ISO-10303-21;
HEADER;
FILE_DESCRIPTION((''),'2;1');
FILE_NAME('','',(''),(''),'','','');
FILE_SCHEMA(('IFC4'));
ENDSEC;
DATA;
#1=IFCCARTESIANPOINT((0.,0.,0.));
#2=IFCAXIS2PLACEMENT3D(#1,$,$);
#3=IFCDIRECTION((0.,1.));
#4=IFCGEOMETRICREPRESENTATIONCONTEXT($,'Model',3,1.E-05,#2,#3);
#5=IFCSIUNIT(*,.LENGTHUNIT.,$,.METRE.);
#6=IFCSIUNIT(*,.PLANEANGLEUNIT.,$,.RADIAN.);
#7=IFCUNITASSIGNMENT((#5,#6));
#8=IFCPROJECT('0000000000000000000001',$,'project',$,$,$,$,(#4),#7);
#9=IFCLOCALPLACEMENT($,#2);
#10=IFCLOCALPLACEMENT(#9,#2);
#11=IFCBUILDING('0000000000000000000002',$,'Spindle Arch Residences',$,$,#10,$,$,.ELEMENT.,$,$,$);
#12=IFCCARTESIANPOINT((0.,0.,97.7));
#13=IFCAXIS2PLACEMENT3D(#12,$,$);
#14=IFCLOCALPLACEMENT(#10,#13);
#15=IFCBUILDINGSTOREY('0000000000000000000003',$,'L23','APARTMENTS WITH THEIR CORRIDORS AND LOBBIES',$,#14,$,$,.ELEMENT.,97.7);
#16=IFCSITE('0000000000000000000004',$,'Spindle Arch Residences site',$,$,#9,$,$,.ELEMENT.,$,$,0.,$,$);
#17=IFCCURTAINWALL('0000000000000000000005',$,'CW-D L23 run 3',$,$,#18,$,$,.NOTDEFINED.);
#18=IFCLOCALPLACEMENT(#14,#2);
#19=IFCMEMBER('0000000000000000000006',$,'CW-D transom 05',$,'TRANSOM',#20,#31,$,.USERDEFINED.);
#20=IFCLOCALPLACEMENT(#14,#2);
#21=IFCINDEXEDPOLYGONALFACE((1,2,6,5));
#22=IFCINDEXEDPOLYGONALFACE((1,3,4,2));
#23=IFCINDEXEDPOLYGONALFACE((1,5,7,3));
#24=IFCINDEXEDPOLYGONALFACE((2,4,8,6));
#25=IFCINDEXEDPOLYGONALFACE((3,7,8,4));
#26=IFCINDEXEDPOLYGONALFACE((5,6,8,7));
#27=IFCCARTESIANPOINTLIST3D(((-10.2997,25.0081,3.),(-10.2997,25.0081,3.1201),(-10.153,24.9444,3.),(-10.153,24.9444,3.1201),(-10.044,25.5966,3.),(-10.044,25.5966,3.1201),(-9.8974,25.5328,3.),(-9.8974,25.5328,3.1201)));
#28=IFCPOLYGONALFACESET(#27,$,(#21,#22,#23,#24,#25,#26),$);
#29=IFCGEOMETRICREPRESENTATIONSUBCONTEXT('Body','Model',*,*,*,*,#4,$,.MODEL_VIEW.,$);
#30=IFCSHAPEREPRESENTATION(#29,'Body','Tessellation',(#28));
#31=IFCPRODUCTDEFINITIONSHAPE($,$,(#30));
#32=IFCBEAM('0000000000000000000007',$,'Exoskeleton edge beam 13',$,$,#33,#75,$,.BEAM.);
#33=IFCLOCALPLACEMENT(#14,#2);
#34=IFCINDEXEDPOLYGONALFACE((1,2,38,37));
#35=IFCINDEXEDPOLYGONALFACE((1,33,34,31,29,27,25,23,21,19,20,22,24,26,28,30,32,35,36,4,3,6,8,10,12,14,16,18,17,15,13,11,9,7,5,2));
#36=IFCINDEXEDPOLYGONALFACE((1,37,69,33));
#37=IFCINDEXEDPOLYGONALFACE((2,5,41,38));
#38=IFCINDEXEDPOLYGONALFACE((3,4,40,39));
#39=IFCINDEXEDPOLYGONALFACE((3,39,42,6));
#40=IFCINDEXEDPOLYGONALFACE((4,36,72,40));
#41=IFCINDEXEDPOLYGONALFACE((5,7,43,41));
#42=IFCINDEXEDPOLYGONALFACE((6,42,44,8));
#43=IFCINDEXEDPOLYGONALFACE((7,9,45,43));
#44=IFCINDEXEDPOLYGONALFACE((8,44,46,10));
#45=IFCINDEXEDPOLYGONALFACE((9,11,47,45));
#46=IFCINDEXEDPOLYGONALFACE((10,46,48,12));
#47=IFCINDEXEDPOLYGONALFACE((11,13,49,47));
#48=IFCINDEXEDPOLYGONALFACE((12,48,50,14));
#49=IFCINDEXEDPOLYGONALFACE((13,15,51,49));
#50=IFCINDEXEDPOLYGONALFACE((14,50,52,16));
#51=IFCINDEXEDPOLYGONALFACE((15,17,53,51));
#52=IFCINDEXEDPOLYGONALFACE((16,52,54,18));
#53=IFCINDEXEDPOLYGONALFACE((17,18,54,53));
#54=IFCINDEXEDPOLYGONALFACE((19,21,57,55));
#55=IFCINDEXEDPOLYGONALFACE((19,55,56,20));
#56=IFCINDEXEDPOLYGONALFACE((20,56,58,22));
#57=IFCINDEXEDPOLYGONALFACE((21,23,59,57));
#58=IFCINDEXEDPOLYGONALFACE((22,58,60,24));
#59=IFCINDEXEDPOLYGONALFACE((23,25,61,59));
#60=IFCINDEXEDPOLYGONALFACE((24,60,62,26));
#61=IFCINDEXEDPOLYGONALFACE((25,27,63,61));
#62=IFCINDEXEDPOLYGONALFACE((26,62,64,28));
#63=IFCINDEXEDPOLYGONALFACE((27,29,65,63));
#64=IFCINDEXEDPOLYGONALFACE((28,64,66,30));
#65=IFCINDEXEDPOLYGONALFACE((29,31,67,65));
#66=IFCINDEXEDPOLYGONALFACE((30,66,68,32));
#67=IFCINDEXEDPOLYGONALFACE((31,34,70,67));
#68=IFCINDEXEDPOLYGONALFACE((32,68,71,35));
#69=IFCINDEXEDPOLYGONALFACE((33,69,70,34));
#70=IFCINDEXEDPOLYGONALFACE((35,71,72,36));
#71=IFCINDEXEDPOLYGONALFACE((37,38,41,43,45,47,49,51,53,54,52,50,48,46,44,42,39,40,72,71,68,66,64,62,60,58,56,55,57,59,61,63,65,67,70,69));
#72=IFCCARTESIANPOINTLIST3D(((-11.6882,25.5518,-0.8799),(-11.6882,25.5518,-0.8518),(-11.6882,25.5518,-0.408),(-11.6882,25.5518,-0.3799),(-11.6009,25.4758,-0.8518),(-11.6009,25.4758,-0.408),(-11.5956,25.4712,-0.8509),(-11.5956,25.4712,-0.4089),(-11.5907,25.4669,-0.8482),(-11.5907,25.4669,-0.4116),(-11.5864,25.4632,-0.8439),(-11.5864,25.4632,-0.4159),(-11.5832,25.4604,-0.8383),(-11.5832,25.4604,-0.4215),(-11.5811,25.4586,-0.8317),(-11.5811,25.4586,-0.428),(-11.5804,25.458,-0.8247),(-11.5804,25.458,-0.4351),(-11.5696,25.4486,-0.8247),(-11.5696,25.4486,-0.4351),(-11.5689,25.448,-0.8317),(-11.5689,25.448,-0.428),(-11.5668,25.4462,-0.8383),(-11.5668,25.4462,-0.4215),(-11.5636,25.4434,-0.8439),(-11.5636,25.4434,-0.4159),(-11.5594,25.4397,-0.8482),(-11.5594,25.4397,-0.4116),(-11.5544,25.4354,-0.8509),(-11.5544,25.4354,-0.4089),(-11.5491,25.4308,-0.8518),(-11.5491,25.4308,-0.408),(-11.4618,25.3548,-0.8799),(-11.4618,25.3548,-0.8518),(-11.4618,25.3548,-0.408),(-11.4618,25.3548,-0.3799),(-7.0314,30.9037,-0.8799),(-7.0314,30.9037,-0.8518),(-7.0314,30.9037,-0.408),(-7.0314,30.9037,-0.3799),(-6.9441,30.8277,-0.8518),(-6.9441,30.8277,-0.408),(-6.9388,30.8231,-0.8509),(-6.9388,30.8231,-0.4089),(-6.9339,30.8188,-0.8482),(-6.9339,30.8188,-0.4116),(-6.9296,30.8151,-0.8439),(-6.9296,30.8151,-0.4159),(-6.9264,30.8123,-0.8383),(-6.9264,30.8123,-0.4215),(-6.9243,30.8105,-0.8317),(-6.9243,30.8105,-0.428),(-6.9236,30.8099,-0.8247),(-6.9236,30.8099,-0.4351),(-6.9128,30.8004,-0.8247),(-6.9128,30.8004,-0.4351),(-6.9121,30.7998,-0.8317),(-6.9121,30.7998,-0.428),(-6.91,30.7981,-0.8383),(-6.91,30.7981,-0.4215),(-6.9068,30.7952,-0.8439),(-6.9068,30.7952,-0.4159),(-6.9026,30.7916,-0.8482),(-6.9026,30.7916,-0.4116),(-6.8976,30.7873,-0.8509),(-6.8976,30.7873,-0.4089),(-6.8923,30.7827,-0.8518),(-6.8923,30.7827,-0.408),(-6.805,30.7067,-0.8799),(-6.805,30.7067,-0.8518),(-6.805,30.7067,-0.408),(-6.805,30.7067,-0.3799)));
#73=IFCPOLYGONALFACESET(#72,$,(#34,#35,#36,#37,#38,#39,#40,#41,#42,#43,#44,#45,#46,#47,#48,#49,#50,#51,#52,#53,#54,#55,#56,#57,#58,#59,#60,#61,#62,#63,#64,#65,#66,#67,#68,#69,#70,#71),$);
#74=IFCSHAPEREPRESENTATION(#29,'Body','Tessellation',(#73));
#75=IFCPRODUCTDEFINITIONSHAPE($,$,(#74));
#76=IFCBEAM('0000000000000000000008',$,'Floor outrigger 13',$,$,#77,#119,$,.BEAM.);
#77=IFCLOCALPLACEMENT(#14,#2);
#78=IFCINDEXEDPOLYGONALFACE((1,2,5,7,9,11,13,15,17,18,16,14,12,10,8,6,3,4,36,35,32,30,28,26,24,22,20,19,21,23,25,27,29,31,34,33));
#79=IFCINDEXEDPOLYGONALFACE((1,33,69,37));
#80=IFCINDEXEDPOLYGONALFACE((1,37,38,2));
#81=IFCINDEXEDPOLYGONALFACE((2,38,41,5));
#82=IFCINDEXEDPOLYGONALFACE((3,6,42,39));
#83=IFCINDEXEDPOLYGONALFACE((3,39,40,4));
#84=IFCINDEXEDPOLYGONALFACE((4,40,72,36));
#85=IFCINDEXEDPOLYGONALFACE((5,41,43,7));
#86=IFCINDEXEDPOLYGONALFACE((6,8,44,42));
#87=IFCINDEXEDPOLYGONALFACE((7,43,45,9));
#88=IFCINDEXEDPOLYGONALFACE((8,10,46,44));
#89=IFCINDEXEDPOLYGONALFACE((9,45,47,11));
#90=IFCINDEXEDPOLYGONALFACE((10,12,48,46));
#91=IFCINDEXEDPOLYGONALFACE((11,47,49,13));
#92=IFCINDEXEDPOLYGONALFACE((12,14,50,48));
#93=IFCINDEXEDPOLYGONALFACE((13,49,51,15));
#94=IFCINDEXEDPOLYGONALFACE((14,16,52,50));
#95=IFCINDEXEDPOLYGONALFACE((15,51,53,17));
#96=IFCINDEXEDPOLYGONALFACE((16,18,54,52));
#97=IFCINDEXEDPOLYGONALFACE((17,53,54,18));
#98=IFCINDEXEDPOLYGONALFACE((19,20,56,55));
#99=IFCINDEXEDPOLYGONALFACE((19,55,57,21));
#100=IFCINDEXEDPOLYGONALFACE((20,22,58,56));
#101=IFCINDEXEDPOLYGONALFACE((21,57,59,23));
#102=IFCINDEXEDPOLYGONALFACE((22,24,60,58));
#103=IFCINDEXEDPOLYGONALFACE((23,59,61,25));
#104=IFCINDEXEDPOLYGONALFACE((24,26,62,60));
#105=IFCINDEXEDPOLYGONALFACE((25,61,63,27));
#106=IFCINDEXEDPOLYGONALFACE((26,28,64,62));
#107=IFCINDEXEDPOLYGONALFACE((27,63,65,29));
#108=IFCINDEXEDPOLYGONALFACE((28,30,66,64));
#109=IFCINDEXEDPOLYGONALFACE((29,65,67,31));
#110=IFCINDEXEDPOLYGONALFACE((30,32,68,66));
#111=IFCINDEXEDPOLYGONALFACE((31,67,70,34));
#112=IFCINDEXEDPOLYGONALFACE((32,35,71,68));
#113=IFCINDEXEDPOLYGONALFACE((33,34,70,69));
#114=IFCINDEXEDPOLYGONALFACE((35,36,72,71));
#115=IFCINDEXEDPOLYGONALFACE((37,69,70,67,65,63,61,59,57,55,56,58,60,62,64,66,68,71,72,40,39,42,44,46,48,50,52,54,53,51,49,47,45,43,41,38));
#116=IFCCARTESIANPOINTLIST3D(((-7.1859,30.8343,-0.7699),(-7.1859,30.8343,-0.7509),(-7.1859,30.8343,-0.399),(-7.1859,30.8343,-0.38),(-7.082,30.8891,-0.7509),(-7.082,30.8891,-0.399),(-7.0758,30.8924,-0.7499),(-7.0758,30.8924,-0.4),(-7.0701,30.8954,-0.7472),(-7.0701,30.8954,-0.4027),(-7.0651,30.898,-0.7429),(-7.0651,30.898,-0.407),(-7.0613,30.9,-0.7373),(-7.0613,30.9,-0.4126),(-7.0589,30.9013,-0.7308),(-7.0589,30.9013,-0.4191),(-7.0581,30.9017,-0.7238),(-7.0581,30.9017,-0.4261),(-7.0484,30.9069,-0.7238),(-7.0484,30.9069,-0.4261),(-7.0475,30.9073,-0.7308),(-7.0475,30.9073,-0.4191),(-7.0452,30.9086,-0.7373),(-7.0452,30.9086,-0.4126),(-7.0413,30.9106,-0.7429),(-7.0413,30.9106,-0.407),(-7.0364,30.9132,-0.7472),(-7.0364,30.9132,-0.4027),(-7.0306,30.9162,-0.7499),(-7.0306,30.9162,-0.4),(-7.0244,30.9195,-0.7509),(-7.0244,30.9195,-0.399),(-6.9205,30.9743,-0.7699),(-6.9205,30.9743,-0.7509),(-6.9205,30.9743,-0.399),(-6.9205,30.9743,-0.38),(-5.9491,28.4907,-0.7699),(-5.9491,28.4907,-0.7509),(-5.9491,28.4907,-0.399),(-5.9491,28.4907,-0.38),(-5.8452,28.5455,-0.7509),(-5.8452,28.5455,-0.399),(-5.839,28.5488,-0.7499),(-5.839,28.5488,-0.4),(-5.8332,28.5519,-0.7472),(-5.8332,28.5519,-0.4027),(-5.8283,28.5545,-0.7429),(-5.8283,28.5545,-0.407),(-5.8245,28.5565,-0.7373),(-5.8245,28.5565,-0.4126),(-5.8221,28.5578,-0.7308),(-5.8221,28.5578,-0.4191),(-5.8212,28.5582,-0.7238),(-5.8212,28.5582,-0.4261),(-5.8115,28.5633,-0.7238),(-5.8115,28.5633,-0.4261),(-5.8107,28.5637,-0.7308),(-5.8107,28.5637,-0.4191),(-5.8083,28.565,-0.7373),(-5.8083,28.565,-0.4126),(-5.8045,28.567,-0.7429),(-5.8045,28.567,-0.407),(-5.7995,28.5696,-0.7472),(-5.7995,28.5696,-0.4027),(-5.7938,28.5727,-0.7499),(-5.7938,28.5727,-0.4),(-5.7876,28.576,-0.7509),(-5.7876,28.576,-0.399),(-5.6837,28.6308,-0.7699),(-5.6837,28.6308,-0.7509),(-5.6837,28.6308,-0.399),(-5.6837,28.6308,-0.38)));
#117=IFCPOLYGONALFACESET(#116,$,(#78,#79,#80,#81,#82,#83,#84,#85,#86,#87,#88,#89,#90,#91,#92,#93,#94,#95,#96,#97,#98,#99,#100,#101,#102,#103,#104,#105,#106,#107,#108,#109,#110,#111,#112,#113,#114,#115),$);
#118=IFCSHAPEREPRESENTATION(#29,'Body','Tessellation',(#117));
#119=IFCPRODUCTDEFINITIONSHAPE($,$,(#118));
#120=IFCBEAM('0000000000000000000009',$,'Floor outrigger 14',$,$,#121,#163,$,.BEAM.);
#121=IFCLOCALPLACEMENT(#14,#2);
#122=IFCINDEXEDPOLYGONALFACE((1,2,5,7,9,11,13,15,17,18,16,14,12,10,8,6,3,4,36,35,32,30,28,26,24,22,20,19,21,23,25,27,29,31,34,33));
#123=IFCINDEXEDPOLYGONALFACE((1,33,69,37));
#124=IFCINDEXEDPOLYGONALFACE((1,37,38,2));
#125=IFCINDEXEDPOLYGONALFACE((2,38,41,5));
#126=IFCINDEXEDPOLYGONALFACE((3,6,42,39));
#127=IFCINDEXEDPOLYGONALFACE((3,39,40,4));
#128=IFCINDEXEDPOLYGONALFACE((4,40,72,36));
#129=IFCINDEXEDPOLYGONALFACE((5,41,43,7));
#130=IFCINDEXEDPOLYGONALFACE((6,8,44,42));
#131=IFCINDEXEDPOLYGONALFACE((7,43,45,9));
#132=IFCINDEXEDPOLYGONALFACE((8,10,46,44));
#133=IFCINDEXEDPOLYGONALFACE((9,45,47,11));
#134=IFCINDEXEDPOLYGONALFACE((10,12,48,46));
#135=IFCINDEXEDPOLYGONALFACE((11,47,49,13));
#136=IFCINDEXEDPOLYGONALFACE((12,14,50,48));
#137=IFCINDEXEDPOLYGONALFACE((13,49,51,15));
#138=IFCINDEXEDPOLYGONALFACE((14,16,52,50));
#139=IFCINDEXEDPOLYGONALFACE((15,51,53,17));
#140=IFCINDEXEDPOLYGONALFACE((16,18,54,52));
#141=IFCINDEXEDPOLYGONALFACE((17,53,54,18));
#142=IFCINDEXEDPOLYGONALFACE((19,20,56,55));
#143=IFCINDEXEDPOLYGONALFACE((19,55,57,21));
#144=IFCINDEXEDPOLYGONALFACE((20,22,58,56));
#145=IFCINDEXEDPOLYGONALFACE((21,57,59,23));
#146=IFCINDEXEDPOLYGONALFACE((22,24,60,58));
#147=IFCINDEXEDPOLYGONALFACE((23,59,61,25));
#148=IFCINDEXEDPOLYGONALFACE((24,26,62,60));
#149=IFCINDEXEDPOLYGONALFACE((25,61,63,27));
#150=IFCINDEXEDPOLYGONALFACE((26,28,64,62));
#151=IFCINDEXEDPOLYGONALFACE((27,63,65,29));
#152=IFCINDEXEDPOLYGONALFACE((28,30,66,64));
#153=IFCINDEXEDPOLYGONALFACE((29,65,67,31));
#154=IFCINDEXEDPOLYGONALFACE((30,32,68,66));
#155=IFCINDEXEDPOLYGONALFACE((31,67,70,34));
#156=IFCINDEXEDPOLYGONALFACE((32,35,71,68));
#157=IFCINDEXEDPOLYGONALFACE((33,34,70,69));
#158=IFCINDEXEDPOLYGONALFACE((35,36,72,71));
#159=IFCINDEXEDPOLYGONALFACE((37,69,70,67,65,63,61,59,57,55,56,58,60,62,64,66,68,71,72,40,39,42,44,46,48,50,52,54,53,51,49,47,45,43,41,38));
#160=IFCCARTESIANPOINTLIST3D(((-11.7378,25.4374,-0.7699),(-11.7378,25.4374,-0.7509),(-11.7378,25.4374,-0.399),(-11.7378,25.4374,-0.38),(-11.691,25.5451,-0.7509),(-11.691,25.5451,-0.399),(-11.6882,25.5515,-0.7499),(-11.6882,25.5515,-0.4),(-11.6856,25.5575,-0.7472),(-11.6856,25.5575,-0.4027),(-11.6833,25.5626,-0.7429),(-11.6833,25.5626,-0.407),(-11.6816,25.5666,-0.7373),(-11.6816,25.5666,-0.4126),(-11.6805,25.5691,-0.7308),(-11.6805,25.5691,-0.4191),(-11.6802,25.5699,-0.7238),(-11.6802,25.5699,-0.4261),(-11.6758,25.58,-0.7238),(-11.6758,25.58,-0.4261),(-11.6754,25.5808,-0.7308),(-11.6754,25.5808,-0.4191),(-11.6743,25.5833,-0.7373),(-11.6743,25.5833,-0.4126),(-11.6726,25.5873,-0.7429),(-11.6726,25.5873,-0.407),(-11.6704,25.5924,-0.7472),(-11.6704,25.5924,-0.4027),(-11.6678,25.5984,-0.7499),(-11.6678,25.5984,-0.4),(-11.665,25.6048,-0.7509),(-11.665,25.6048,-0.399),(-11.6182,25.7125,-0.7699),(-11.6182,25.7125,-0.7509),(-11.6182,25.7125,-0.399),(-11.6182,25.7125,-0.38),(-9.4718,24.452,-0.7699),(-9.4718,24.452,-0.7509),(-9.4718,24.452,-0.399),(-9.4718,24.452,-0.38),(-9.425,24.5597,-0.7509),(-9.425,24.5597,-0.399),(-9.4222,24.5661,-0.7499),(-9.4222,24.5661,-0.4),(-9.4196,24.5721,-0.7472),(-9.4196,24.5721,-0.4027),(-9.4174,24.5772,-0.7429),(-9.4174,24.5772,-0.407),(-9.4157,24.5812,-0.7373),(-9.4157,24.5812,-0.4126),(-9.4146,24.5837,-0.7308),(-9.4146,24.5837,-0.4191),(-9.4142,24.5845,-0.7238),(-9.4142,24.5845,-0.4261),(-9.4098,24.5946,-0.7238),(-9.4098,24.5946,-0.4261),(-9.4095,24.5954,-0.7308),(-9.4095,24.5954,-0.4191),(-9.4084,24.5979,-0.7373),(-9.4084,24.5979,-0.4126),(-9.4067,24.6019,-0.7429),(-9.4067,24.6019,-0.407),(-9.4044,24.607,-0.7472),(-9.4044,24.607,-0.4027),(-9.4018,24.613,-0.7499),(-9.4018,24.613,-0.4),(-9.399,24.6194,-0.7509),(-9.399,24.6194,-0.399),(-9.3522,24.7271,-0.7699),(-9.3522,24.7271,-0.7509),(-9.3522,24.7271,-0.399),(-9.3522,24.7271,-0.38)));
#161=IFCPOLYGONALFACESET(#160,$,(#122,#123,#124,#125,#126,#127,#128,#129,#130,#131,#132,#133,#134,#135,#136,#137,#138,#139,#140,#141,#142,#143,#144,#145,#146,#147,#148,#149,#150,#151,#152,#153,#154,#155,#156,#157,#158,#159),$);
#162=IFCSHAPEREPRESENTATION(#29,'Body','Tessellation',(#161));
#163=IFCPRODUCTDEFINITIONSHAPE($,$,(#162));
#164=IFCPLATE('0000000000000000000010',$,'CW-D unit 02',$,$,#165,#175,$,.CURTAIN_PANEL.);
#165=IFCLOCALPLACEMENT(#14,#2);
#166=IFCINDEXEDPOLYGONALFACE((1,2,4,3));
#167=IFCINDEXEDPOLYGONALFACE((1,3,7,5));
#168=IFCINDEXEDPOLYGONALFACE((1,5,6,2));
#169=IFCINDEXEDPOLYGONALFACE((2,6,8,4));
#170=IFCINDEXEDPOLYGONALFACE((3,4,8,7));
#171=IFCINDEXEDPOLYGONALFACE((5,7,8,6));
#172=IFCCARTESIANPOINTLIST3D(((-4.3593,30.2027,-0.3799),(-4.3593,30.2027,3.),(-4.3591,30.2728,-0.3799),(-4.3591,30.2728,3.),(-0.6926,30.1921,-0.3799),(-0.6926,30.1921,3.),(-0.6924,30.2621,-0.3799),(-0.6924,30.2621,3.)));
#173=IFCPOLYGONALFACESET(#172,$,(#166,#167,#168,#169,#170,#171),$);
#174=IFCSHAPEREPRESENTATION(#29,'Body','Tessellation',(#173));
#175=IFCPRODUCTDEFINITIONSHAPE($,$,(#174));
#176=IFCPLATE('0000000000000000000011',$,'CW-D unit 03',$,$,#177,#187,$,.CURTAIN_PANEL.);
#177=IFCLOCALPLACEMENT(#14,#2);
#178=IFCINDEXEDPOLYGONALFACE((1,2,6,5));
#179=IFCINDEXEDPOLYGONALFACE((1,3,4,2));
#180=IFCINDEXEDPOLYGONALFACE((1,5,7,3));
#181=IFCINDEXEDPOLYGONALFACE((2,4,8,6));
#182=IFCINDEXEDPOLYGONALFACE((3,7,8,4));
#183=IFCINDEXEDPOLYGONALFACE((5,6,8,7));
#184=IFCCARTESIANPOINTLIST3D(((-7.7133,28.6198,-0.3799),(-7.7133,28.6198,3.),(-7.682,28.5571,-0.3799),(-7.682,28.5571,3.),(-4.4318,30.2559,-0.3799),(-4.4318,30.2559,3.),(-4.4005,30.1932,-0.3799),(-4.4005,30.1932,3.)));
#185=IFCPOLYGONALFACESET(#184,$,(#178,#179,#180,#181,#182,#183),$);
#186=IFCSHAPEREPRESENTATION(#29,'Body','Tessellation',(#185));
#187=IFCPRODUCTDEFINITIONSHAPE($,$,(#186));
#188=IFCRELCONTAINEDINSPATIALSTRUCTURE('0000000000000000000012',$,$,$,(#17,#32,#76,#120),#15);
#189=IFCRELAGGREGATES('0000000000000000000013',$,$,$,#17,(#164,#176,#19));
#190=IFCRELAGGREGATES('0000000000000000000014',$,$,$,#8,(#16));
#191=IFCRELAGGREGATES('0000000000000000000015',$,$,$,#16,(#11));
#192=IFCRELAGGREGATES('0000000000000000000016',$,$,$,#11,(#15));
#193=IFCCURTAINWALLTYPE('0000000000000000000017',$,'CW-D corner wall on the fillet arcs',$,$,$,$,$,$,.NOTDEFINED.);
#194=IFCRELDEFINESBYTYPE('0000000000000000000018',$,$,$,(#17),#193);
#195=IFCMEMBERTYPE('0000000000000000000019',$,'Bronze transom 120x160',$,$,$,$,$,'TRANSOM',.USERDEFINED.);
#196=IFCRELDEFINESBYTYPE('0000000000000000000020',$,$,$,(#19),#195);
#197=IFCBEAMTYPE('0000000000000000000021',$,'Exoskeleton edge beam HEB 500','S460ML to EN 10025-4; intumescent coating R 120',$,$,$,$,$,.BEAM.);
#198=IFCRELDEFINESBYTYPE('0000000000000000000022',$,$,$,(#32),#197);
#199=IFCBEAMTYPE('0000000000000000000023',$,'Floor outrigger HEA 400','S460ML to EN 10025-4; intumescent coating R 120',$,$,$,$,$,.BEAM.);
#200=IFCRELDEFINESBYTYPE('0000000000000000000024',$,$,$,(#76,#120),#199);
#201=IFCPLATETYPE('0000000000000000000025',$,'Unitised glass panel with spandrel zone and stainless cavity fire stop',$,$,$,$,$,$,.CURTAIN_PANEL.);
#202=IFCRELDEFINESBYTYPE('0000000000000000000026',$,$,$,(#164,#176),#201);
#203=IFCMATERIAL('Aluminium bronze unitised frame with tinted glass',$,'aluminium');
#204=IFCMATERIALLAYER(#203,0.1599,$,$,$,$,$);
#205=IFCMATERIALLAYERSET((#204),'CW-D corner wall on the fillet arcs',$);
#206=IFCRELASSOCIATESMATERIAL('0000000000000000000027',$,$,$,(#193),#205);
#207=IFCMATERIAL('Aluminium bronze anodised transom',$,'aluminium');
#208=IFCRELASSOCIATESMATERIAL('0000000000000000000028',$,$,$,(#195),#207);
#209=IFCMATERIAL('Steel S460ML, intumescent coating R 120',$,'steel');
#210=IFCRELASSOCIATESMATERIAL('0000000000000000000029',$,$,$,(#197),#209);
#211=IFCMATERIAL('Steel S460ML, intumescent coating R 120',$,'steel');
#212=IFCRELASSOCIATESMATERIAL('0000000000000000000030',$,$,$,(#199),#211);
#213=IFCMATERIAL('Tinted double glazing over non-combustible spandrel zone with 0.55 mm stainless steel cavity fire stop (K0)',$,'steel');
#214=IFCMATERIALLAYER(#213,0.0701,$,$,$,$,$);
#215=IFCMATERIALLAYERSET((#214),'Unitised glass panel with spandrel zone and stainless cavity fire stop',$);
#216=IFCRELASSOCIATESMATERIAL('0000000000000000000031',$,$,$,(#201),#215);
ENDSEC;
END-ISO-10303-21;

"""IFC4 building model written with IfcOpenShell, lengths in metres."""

from ifc_helpers import new_model, si_unit, direction, frame, origin, origin_2d, place, context, subcontext, project, spatial, rectangle, i_section, extrude, material, layer, layer_set, material_profile, profile_set, type_object, element, aggregate, save


model = new_model("IFC4")

# Units and contexts
model_context = context("Model", 3, precision=1e-05, world=origin(), true_north=direction((0.0, 1.0)))
body_context = subcontext(model_context, "Body", "Model", "MODEL_VIEW")
ifc_project = project(units=[si_unit("LENGTHUNIT", "METRE"), si_unit("PLANEANGLEUNIT", "RADIAN")], contexts=[model_context])

# Site, building, storey
site_placement = place(None, origin())
site = spatial("IfcSite", under=ifc_project, at=site_placement, Name="Spindle Arch Residences site", CompositionType="ELEMENT", RefElevation=0.0)
building_placement = place(site_placement, origin())
building = spatial("IfcBuilding", under=site, at=building_placement, Name="Spindle Arch Residences", CompositionType="ELEMENT")
storey_placement = place(building_placement, frame((0.0, 0.0, 97.7)))
storey = spatial("IfcBuildingStorey", under=building, at=storey_placement, Name="L23", Description="APARTMENTS WITH THEIR CORRIDORS AND LOBBIES", CompositionType="ELEMENT", Elevation=97.7)

# Curtain wall, member
ifc_material_1 = material(Name="Aluminium bronze unitised frame with tinted glass", Category="aluminium")
ifc_layer_1 = layer(ifc_material_1, 0.1599)
ifc_layer_set_1 = layer_set([ifc_layer_1], Name="CW-D corner wall on the fillet arcs")
curtain_wall_type = type_object("IfcCurtainWallType", Name="CW-D corner wall on the fillet arcs", PredefinedType="NOTDEFINED", material=ifc_layer_set_1)
curtain_wall_placement = place(storey_placement, origin())
curtain_wall = element("IfcCurtainWall", 1, at=curtain_wall_placement, inside=storey, type_object=curtain_wall_type, Name="CW-D L23 run 3", PredefinedType="NOTDEFINED")
ifc_material_2 = material(Name="Aluminium bronze anodised transom", Category="aluminium")
ifc_material_profile_1 = material_profile(ifc_material_2, rectangle(XDim=0.1599, YDim=0.1201, at=origin_2d()), Name="TR 120x160")
ifc_profile_set_1 = profile_set([ifc_material_profile_1], Name="Aluminium bronze anodised transom")
member_type_1 = type_object("IfcMemberType", Name="Bronze transom 120x160", ElementType="TRANSOM", PredefinedType="USERDEFINED", material=ifc_profile_set_1)
member_1_placement = place(storey_placement, frame((-9.9707, 25.5647, 3.0601), z_axis=(-0.398462, -0.917185, 0.0), x_axis=(0.917185, -0.398462, 0.0)))
member_1 = element("IfcMember", 2, at=member_1_placement, type_object=member_type_1, Name="CW-D transom 05", ObjectType="TRANSOM", PredefinedType="USERDEFINED", context=body_context, shape_type="SweptSolid", body=[
    extrude(rectangle(XDim=0.1599, YDim=0.1201, at=origin_2d()), origin(), (0.0, 0.0, 1.0), 0.6416),
])

# Beams
ifc_material_3 = material(Name="Steel S460ML, intumescent coating R 120", Category="steel")
ifc_material_profile_2 = material_profile(ifc_material_3, i_section(OverallWidth=0.3, OverallDepth=0.5, WebThickness=0.0144, FlangeThickness=0.0281, FilletRadius=0.0271, at=origin_2d()), Name="HEB 500")
ifc_profile_set_2 = profile_set([ifc_material_profile_2], Name="Steel S460ML, intumescent coating R 120")
beam_type_1 = type_object("IfcBeamType", Name="Exoskeleton edge beam HEB 500", Description="S460ML to EN 10025-4; intumescent coating R 120", PredefinedType="BEAM", material=ifc_profile_set_2)
beam_1_placement = place(storey_placement, frame((-6.9182, 30.8052, -0.6299), z_axis=(-0.656419, -0.754397, 0.0), x_axis=(0.754397, -0.656419, 0.0)))
element("IfcBeam", 3, at=beam_1_placement, inside=storey, type_object=beam_type_1, Name="Exoskeleton edge beam 13", PredefinedType="BEAM", context=body_context, shape_type="SweptSolid", body=[
    extrude(i_section(OverallWidth=0.3, OverallDepth=0.5, WebThickness=0.0144, FlangeThickness=0.0281, FilletRadius=0.0271, at=origin_2d()), origin(), (0.0, 0.0, 1.0), 7.0942),
])
ifc_material_4 = material(Name="Steel S460ML, intumescent coating R 120", Category="steel")
ifc_material_profile_3 = material_profile(ifc_material_4, i_section(OverallWidth=0.3, OverallDepth=0.3899, WebThickness=0.011, FlangeThickness=0.019, FilletRadius=0.0271, at=origin_2d()), Name="HEA 400")
ifc_profile_set_3 = profile_set([ifc_material_profile_3], Name="Steel S460ML, intumescent coating R 120")
beam_type_2 = type_object("IfcBeamType", Name="Floor outrigger HEA 400", Description="S460ML to EN 10025-4; intumescent coating R 120", PredefinedType="BEAM", material=ifc_profile_set_3)
beam_2_placement = place(storey_placement, frame((-7.0532, 30.9043, -0.575), z_axis=(0.466749, -0.88439, 0.0), x_axis=(0.88439, 0.466749, 0.0)))
element("IfcBeam", 4, at=beam_2_placement, inside=storey, type_object=beam_type_2, Name="Floor outrigger 13", PredefinedType="BEAM", context=body_context, shape_type="SweptSolid", body=[
    extrude(i_section(OverallWidth=0.3, OverallDepth=0.3899, WebThickness=0.011, FlangeThickness=0.019, FilletRadius=0.0271, at=origin_2d()), origin(), (0.0, 0.0, 1.0), 2.6499),
])
beam_3_placement = place(storey_placement, frame((-11.678, 25.575, -0.575), z_axis=(0.917042, -0.398791, 0.0), x_axis=(0.398791, 0.917042, 0.0)))
element("IfcBeam", 5, at=beam_3_placement, inside=storey, type_object=beam_type_2, Name="Floor outrigger 14", PredefinedType="BEAM", context=body_context, shape_type="SweptSolid", body=[
    extrude(i_section(OverallWidth=0.3, OverallDepth=0.3899, WebThickness=0.011, FlangeThickness=0.019, FilletRadius=0.0271, at=origin_2d()), origin(), (0.0, 0.0, 1.0), 2.4709),
])

# Plates
ifc_material_5 = material(Name="Tinted double glazing over non-combustible spandrel zone with 0.55 mm stainless steel cavity fire stop (K0)", Category="steel")
ifc_layer_2 = layer(ifc_material_5, 0.0701)
ifc_layer_set_2 = layer_set([ifc_layer_2], Name="Unitised glass panel with spandrel zone and stainless cavity fire stop")
plate_type = type_object("IfcPlateType", Name="Unitised glass panel with spandrel zone and stainless cavity fire stop", PredefinedType="CURTAIN_PANEL", material=ifc_layer_set_2)
plate_1_placement = place(storey_placement, frame((-2.5259, 30.2324, -0.3799), z_axis=(0.0, 0.0, 1.0), x_axis=(-0.999996, 0.002909, 0.0)))
plate_1 = element("IfcPlate", 6, at=plate_1_placement, type_object=plate_type, Name="CW-D unit 02", PredefinedType="CURTAIN_PANEL", context=body_context, shape_type="SweptSolid", body=[
    extrude(rectangle(XDim=3.6667, YDim=0.0701, at=origin_2d()), origin(), (0.0, 0.0, 1.0), 3.3799),
])
plate_2_placement = place(storey_placement, frame((-6.0569, 29.4065, -0.3799), z_axis=(0.0, 0.0, 1.0), x_axis=(-0.894934, -0.446198, 0.0)))
plate_2 = element("IfcPlate", 7, at=plate_2_placement, type_object=plate_type, Name="CW-D unit 03", PredefinedType="CURTAIN_PANEL", context=body_context, shape_type="SweptSolid", body=[
    extrude(rectangle(XDim=3.6667, YDim=0.0701, at=origin_2d()), origin(), (0.0, 0.0, 1.0), 3.3799),
])
aggregate(curtain_wall, [plate_1, plate_2, member_1])

save(model, "model.ifc")
